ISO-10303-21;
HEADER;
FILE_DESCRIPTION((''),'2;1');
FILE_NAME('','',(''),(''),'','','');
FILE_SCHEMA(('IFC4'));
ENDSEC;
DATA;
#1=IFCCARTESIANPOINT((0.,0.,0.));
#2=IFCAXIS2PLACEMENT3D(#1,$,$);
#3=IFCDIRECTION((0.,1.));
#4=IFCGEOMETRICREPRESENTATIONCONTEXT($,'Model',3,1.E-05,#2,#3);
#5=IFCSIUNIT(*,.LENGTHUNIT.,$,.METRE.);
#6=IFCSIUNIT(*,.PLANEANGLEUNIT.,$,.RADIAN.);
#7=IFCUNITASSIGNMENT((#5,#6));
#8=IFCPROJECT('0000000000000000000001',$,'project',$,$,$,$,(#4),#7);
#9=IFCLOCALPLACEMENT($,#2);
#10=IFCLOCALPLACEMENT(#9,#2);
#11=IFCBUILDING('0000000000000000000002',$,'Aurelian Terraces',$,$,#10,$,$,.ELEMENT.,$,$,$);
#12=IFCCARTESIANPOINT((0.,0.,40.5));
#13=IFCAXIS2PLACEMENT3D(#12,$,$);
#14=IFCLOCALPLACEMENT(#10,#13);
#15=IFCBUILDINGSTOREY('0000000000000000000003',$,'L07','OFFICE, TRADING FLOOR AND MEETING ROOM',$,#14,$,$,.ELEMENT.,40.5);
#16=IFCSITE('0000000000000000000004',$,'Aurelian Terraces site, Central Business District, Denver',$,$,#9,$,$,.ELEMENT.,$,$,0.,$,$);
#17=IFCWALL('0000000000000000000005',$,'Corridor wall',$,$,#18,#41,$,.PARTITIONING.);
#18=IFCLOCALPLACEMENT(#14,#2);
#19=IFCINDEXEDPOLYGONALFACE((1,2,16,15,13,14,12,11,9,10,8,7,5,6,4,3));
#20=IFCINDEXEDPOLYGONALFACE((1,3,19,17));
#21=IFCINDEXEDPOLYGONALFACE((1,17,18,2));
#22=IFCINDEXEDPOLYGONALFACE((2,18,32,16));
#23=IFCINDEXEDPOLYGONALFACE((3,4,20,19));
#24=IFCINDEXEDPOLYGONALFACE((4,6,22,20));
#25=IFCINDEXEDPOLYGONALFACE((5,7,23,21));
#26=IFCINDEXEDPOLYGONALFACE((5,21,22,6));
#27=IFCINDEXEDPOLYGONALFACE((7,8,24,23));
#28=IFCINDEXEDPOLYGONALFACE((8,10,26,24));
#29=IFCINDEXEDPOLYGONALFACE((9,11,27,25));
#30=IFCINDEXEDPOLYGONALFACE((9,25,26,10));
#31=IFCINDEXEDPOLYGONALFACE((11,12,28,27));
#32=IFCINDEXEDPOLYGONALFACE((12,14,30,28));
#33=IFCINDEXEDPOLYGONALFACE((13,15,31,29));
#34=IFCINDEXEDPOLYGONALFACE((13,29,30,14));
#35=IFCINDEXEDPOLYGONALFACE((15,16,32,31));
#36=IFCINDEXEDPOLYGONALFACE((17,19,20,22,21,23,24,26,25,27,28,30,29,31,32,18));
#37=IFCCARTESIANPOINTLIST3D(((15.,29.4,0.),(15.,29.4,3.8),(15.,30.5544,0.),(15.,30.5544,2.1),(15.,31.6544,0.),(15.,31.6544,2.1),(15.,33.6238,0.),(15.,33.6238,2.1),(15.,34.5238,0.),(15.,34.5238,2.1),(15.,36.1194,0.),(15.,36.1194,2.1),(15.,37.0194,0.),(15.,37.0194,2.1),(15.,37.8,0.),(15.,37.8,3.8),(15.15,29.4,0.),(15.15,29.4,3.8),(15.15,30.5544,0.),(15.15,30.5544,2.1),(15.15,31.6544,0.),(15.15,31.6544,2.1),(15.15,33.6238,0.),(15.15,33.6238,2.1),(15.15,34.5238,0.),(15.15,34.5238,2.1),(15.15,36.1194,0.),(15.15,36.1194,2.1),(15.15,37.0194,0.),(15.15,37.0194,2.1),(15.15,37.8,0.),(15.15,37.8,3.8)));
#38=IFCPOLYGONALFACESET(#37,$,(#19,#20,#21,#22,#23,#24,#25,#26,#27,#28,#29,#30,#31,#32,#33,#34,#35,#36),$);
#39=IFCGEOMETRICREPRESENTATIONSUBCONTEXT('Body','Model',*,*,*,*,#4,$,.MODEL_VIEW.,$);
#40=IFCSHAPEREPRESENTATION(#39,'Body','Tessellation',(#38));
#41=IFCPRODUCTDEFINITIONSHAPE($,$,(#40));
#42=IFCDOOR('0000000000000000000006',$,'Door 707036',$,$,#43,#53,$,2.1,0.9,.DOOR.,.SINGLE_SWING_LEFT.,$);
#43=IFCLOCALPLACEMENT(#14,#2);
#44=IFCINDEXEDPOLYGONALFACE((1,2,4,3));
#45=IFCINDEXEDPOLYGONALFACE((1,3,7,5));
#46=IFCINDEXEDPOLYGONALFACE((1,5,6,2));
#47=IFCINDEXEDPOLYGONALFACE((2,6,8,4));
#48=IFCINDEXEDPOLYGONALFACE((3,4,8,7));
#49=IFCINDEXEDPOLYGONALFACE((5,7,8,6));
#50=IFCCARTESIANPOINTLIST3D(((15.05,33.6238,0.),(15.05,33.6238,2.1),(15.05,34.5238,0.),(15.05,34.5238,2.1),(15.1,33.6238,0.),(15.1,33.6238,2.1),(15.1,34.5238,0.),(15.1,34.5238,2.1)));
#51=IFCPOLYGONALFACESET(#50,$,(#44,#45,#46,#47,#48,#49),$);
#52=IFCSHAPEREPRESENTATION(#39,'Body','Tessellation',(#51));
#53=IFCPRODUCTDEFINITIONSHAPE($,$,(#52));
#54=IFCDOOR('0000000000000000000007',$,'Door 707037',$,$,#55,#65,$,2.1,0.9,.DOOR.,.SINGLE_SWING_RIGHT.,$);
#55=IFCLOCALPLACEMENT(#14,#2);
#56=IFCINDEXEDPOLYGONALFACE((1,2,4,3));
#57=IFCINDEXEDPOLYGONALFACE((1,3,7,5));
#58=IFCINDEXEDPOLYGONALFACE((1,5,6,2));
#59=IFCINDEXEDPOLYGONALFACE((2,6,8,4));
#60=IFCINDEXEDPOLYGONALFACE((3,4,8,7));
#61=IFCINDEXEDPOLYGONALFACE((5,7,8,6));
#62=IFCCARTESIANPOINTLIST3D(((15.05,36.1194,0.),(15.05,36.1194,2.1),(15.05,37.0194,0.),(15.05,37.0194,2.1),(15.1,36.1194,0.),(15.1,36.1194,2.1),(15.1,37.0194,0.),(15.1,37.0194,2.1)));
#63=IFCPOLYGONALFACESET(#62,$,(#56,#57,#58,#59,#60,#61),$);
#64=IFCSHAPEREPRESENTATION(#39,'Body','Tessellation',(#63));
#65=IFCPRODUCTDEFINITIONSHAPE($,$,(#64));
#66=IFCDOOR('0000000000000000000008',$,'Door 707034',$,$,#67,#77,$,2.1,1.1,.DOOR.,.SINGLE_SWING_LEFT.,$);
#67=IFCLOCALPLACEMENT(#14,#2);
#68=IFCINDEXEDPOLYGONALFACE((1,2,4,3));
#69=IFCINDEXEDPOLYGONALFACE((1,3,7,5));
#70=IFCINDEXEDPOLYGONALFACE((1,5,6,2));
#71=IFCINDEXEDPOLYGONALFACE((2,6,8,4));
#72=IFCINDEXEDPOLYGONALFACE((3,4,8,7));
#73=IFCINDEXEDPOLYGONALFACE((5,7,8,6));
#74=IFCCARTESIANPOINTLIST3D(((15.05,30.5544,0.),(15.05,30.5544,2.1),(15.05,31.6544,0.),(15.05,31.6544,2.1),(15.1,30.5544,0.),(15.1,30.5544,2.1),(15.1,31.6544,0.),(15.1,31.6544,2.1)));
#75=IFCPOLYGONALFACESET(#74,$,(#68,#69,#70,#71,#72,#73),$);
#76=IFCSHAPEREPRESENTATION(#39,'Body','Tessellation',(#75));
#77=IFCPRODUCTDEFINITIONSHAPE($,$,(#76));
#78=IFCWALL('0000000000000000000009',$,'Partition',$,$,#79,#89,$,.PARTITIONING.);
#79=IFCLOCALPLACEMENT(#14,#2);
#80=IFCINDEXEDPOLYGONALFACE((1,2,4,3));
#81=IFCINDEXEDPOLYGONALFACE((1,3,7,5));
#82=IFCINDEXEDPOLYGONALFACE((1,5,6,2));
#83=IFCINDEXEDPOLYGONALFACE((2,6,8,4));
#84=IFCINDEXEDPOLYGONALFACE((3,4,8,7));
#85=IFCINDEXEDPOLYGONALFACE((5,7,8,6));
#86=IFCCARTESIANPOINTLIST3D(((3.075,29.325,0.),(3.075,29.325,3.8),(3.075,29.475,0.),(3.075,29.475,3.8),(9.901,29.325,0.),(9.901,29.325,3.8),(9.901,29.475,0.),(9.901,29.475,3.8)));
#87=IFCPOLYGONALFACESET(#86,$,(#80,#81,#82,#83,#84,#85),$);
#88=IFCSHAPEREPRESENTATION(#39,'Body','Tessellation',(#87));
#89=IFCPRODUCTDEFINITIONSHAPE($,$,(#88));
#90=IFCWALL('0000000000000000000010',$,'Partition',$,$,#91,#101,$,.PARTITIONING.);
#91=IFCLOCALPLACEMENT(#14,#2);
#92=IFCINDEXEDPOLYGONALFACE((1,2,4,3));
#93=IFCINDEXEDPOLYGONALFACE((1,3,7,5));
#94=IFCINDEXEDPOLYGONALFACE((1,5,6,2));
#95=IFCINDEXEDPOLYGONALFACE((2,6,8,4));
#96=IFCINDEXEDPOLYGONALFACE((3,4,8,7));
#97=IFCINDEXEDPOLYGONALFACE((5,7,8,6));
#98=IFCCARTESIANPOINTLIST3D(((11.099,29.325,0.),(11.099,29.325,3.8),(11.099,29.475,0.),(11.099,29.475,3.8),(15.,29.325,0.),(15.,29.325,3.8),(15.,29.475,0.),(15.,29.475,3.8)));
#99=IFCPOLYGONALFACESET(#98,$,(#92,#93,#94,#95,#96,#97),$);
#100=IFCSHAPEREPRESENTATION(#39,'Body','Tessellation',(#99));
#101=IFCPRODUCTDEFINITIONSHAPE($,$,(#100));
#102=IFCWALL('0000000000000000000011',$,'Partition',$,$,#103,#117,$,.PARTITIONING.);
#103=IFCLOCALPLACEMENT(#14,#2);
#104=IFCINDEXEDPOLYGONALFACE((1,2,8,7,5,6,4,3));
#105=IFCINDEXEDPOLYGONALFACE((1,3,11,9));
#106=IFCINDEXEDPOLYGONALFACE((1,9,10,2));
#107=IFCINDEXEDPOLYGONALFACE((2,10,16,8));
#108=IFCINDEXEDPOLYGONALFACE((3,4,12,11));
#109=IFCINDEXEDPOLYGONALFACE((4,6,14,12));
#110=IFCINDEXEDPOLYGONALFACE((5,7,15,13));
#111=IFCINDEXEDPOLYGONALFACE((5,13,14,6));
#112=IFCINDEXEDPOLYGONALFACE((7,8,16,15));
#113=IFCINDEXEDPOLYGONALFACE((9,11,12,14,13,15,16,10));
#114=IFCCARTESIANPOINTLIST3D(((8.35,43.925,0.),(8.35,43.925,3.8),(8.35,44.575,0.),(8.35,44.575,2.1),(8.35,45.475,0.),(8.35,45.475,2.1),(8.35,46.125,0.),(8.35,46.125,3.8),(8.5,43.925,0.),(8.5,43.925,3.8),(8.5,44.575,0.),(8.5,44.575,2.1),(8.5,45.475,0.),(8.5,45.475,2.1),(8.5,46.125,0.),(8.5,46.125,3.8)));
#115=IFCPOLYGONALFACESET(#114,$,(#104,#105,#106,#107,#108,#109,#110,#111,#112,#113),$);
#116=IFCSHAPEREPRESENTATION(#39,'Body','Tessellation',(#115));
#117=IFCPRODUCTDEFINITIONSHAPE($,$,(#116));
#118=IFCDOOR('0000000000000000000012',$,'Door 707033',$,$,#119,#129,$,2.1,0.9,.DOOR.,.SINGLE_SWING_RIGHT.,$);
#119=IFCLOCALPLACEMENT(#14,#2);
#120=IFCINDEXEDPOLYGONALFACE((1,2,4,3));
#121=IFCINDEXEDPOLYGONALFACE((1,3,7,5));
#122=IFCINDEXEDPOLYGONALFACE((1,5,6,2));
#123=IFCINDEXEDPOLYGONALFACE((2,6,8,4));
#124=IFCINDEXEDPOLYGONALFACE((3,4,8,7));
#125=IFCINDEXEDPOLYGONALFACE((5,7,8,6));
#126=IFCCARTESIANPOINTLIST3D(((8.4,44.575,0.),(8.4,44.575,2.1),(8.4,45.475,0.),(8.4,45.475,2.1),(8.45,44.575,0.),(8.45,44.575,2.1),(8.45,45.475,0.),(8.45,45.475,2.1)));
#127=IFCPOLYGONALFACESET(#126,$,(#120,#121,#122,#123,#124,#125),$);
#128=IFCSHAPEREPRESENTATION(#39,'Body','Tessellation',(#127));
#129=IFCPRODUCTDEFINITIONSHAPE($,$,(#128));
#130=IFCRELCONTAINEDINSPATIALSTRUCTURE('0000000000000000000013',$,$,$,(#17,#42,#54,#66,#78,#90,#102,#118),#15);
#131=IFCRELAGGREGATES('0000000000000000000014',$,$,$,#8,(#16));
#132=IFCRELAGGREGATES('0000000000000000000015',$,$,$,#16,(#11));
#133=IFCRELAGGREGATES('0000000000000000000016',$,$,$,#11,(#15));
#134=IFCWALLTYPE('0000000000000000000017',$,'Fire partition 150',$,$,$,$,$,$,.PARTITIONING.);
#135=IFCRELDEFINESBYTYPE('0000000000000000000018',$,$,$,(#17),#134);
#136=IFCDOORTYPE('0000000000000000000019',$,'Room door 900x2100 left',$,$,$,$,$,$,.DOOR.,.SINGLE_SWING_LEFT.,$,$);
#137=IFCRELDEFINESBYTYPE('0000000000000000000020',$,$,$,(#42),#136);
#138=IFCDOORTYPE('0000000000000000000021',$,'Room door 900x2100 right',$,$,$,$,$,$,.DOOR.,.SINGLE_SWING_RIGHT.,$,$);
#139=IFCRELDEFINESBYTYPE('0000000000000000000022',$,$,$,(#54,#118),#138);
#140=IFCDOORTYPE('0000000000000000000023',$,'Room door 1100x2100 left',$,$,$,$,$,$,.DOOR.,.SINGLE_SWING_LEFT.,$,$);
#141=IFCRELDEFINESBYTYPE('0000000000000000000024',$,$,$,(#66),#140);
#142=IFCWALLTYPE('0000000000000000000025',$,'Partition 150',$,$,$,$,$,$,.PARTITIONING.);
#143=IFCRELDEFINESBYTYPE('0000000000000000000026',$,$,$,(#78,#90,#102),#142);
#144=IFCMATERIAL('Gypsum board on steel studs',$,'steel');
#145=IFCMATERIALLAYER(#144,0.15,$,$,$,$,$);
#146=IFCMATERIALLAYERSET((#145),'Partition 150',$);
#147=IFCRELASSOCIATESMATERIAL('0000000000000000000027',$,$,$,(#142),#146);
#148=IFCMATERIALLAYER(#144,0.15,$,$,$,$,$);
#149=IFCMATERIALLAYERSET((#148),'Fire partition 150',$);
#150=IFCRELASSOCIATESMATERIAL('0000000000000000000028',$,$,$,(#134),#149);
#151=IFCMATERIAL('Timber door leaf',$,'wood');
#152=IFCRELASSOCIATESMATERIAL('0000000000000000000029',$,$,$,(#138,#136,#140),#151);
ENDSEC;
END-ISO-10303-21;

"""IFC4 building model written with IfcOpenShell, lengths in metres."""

from ifc_helpers import new_model, si_unit, direction, frame, frame_2d, origin, place, context, subcontext, project, spatial, rectangle, extrude, source, transform, mapped, material, layer, layer_set, type_object, element, fill, save


model = new_model("IFC4")

# Units and contexts
model_context = context("Model", 3, precision=1e-05, world=origin(), true_north=direction((0.0, 1.0)))
body_context = subcontext(model_context, "Body", "Model", "MODEL_VIEW")
ifc_project = project(units=[si_unit("LENGTHUNIT", "METRE"), si_unit("PLANEANGLEUNIT", "RADIAN")], contexts=[model_context])

# Site, building, storey
site_placement = place(None, origin())
site = spatial("IfcSite", under=ifc_project, at=site_placement, Name="Aurelian Terraces site, Central Business District, Denver", CompositionType="ELEMENT", RefElevation=0.0)
building_placement = place(site_placement, origin())
building = spatial("IfcBuilding", under=site, at=building_placement, Name="Aurelian Terraces", CompositionType="ELEMENT")
storey_placement = place(building_placement, frame((0.0, 0.0, 40.5)))
storey = spatial("IfcBuildingStorey", under=building, at=storey_placement, Name="L07", Description="OFFICE, TRADING FLOOR AND MEETING ROOM", CompositionType="ELEMENT", Elevation=40.5)

# Shared definitions
ifc_material_1 = material(Name="Gypsum board on steel studs", Category="steel")
ifc_layer_1 = layer(ifc_material_1, 0.15)
ifc_layer_set_1 = layer_set([ifc_layer_1], Name="Partition 150")
wall_type_1 = type_object("IfcWallType", Name="Partition 150", PredefinedType="PARTITIONING", material=ifc_layer_set_1)

# Shared definitions
shared_shape_1 = source(origin(), body_context, "Body", "SweptSolid", [
    extrude(rectangle(XDim=0.9, YDim=2.1, at=frame_2d((0.45, 1.05))), frame((0.0, 0.025, 0.0), z_axis=(0.0, -1.0, 0.0), x_axis=(1.0, 0.0, 0.0)), (0.0, 0.0, 1.0), 0.05),
])

# Shared definitions
ifc_layer_2 = layer(ifc_material_1, 0.15)
ifc_layer_set_2 = layer_set([ifc_layer_2], Name="Fire partition 150")
wall_type_2 = type_object("IfcWallType", Name="Fire partition 150", PredefinedType="PARTITIONING", material=ifc_layer_set_2)

# Shared definitions
shared_shape_2 = source(origin(), body_context, "Body", "SweptSolid", [
    extrude(rectangle(XDim=0.9, YDim=2.1, at=frame_2d((0.45, 1.05))), frame((0.0, 0.085, 0.0), z_axis=(0.0, -1.0, 0.0), x_axis=(1.0, 0.0, 0.0)), (0.0, 0.0, 1.0), 0.17),
])
ifc_material_2 = material(Name="Timber door leaf", Category="wood")
door_type_1 = type_object("IfcDoorType", Name="Room door 900x2100 right", OperationType="SINGLE_SWING_RIGHT", PredefinedType="DOOR", material=ifc_material_2)

# Shared definitions
shared_shape_3 = source(origin(), body_context, "Body", "SweptSolid", [
    extrude(rectangle(XDim=8.4, YDim=0.15, at=frame_2d((4.2, 0.0))), origin(), (0.0, 0.0, 1.0), 3.8),
])
shared_shape_4 = source(origin(), body_context, "Body", "SweptSolid", [
    extrude(rectangle(XDim=1.1, YDim=2.1, at=frame_2d((0.55, 1.05))), frame((0.0, 0.085, 0.0), z_axis=(0.0, -1.0, 0.0), x_axis=(1.0, 0.0, 0.0)), (0.0, 0.0, 1.0), 0.17),
])
shared_shape_5 = source(origin(), body_context, "Body", "SweptSolid", [
    extrude(rectangle(XDim=1.1, YDim=2.1, at=frame_2d((0.55, 1.05))), frame((0.0, 0.025, 0.0), z_axis=(0.0, -1.0, 0.0), x_axis=(1.0, 0.0, 0.0)), (0.0, 0.0, 1.0), 0.05),
])

# Wall, openings, doors
wall_1_placement = place(storey_placement, frame((15.075, 29.4, 0.0), z_axis=(0.0, 0.0, 1.0), x_axis=(0.0, 1.0, 0.0)))
wall_1 = element("IfcWall", 1, at=wall_1_placement, inside=storey, type_object=wall_type_2, Name="Corridor wall", PredefinedType="PARTITIONING", context=body_context, shape_type="MappedRepresentation", body=[
    mapped(shared_shape_3, transform((0.0, 0.0, 0.0), scale=1.0)),
])
opening_1_placement = place(wall_1_placement, frame((1.1544, 0.0, 0.0)))
opening_1 = element("IfcOpeningElement", 2, at=opening_1_placement, cuts=wall_1, PredefinedType="OPENING", context=body_context, shape_type="MappedRepresentation", body=[
    mapped(shared_shape_4, transform((0.0, 0.0, 0.0), scale=1.0)),
])
opening_2_placement = place(wall_1_placement, frame((4.2238, 0.0, 0.0)))
opening_2 = element("IfcOpeningElement", 3, at=opening_2_placement, cuts=wall_1, PredefinedType="OPENING", context=body_context, shape_type="MappedRepresentation", body=[
    mapped(shared_shape_2, transform((0.0, 0.0, 0.0), scale=1.0)),
])
opening_3_placement = place(wall_1_placement, frame((6.7194, 0.0, 0.0)))
opening_3 = element("IfcOpeningElement", 4, at=opening_3_placement, cuts=wall_1, PredefinedType="OPENING", context=body_context, shape_type="MappedRepresentation", body=[
    mapped(shared_shape_2, transform((0.0, 0.0, 0.0), scale=1.0)),
])
door_type_2 = type_object("IfcDoorType", Name="Room door 900x2100 left", OperationType="SINGLE_SWING_LEFT", PredefinedType="DOOR", material=ifc_material_2)
door_1_placement = place(opening_2_placement, origin())
door_1 = element("IfcDoor", 5, at=door_1_placement, inside=storey, type_object=door_type_2, Name="Door 707036", OperationType="SINGLE_SWING_LEFT", OverallHeight=2.1, OverallWidth=0.9, PredefinedType="DOOR", context=body_context, shape_type="MappedRepresentation", body=[
    mapped(shared_shape_1, transform((0.0, 0.0, 0.0), scale=1.0)),
])
fill(opening_2, door_1)
door_2_placement = place(opening_3_placement, origin())
door_2 = element("IfcDoor", 6, at=door_2_placement, inside=storey, type_object=door_type_1, Name="Door 707037", OperationType="SINGLE_SWING_RIGHT", OverallHeight=2.1, OverallWidth=0.9, PredefinedType="DOOR", context=body_context, shape_type="MappedRepresentation", body=[
    mapped(shared_shape_1, transform((0.0, 0.0, 0.0), scale=1.0)),
])
fill(opening_3, door_2)
door_type_3 = type_object("IfcDoorType", Name="Room door 1100x2100 left", OperationType="SINGLE_SWING_LEFT", PredefinedType="DOOR", material=ifc_material_2)
door_3_placement = place(opening_1_placement, origin())
door_3 = element("IfcDoor", 7, at=door_3_placement, inside=storey, type_object=door_type_3, Name="Door 707034", OperationType="SINGLE_SWING_LEFT", OverallHeight=2.1, OverallWidth=1.1, PredefinedType="DOOR", context=body_context, shape_type="MappedRepresentation", body=[
    mapped(shared_shape_5, transform((0.0, 0.0, 0.0), scale=1.0)),
])
fill(opening_1, door_3)

# Walls
shared_shape_6 = source(origin(), body_context, "Body", "SweptSolid", [
    extrude(rectangle(XDim=6.826, YDim=0.15, at=frame_2d((3.413, 0.0))), origin(), (0.0, 0.0, 1.0), 3.8),
])
wall_2_placement = place(storey_placement, frame((9.901, 29.4, 0.0), z_axis=(0.0, 0.0, 1.0), x_axis=(-1.0, 0.0, 0.0)))
element("IfcWall", 8, at=wall_2_placement, inside=storey, type_object=wall_type_1, Name="Partition", PredefinedType="PARTITIONING", context=body_context, shape_type="MappedRepresentation", body=[
    mapped(shared_shape_6, transform((0.0, 0.0, 0.0), scale=1.0)),
])
shared_shape_7 = source(origin(), body_context, "Body", "SweptSolid", [
    extrude(rectangle(XDim=3.901, YDim=0.15, at=frame_2d((1.9505, 0.0))), origin(), (0.0, 0.0, 1.0), 3.8),
])
wall_3_placement = place(storey_placement, frame((15.0, 29.4, 0.0), z_axis=(0.0, 0.0, 1.0), x_axis=(-1.0, 0.0, 0.0)))
element("IfcWall", 9, at=wall_3_placement, inside=storey, type_object=wall_type_1, Name="Partition", PredefinedType="PARTITIONING", context=body_context, shape_type="MappedRepresentation", body=[
    mapped(shared_shape_7, transform((0.0, 0.0, 0.0), scale=1.0)),
])

# Wall, opening, door
shared_shape_8 = source(origin(), body_context, "Body", "SweptSolid", [
    extrude(rectangle(XDim=2.2, YDim=0.15, at=frame_2d((1.1, 0.0))), origin(), (0.0, 0.0, 1.0), 3.8),
])
wall_4_placement = place(storey_placement, frame((8.425, 43.925, 0.0), z_axis=(0.0, 0.0, 1.0), x_axis=(0.0, 1.0, 0.0)))
wall_4 = element("IfcWall", 10, at=wall_4_placement, inside=storey, type_object=wall_type_1, Name="Partition", PredefinedType="PARTITIONING", context=body_context, shape_type="MappedRepresentation", body=[
    mapped(shared_shape_8, transform((0.0, 0.0, 0.0), scale=1.0)),
])
opening_4_placement = place(wall_4_placement, frame((0.65, 0.0, 0.0)))
opening_4 = element("IfcOpeningElement", 11, at=opening_4_placement, cuts=wall_4, PredefinedType="OPENING", context=body_context, shape_type="MappedRepresentation", body=[
    mapped(shared_shape_2, transform((0.0, 0.0, 0.0), scale=1.0)),
])
door_4_placement = place(opening_4_placement, origin())
door_4 = element("IfcDoor", 12, at=door_4_placement, inside=storey, type_object=door_type_1, Name="Door 707033", OperationType="SINGLE_SWING_RIGHT", OverallHeight=2.1, OverallWidth=0.9, PredefinedType="DOOR", context=body_context, shape_type="MappedRepresentation", body=[
    mapped(shared_shape_1, transform((0.0, 0.0, 0.0), scale=1.0)),
])
fill(opening_4, door_4)

save(model, "model.ifc")
